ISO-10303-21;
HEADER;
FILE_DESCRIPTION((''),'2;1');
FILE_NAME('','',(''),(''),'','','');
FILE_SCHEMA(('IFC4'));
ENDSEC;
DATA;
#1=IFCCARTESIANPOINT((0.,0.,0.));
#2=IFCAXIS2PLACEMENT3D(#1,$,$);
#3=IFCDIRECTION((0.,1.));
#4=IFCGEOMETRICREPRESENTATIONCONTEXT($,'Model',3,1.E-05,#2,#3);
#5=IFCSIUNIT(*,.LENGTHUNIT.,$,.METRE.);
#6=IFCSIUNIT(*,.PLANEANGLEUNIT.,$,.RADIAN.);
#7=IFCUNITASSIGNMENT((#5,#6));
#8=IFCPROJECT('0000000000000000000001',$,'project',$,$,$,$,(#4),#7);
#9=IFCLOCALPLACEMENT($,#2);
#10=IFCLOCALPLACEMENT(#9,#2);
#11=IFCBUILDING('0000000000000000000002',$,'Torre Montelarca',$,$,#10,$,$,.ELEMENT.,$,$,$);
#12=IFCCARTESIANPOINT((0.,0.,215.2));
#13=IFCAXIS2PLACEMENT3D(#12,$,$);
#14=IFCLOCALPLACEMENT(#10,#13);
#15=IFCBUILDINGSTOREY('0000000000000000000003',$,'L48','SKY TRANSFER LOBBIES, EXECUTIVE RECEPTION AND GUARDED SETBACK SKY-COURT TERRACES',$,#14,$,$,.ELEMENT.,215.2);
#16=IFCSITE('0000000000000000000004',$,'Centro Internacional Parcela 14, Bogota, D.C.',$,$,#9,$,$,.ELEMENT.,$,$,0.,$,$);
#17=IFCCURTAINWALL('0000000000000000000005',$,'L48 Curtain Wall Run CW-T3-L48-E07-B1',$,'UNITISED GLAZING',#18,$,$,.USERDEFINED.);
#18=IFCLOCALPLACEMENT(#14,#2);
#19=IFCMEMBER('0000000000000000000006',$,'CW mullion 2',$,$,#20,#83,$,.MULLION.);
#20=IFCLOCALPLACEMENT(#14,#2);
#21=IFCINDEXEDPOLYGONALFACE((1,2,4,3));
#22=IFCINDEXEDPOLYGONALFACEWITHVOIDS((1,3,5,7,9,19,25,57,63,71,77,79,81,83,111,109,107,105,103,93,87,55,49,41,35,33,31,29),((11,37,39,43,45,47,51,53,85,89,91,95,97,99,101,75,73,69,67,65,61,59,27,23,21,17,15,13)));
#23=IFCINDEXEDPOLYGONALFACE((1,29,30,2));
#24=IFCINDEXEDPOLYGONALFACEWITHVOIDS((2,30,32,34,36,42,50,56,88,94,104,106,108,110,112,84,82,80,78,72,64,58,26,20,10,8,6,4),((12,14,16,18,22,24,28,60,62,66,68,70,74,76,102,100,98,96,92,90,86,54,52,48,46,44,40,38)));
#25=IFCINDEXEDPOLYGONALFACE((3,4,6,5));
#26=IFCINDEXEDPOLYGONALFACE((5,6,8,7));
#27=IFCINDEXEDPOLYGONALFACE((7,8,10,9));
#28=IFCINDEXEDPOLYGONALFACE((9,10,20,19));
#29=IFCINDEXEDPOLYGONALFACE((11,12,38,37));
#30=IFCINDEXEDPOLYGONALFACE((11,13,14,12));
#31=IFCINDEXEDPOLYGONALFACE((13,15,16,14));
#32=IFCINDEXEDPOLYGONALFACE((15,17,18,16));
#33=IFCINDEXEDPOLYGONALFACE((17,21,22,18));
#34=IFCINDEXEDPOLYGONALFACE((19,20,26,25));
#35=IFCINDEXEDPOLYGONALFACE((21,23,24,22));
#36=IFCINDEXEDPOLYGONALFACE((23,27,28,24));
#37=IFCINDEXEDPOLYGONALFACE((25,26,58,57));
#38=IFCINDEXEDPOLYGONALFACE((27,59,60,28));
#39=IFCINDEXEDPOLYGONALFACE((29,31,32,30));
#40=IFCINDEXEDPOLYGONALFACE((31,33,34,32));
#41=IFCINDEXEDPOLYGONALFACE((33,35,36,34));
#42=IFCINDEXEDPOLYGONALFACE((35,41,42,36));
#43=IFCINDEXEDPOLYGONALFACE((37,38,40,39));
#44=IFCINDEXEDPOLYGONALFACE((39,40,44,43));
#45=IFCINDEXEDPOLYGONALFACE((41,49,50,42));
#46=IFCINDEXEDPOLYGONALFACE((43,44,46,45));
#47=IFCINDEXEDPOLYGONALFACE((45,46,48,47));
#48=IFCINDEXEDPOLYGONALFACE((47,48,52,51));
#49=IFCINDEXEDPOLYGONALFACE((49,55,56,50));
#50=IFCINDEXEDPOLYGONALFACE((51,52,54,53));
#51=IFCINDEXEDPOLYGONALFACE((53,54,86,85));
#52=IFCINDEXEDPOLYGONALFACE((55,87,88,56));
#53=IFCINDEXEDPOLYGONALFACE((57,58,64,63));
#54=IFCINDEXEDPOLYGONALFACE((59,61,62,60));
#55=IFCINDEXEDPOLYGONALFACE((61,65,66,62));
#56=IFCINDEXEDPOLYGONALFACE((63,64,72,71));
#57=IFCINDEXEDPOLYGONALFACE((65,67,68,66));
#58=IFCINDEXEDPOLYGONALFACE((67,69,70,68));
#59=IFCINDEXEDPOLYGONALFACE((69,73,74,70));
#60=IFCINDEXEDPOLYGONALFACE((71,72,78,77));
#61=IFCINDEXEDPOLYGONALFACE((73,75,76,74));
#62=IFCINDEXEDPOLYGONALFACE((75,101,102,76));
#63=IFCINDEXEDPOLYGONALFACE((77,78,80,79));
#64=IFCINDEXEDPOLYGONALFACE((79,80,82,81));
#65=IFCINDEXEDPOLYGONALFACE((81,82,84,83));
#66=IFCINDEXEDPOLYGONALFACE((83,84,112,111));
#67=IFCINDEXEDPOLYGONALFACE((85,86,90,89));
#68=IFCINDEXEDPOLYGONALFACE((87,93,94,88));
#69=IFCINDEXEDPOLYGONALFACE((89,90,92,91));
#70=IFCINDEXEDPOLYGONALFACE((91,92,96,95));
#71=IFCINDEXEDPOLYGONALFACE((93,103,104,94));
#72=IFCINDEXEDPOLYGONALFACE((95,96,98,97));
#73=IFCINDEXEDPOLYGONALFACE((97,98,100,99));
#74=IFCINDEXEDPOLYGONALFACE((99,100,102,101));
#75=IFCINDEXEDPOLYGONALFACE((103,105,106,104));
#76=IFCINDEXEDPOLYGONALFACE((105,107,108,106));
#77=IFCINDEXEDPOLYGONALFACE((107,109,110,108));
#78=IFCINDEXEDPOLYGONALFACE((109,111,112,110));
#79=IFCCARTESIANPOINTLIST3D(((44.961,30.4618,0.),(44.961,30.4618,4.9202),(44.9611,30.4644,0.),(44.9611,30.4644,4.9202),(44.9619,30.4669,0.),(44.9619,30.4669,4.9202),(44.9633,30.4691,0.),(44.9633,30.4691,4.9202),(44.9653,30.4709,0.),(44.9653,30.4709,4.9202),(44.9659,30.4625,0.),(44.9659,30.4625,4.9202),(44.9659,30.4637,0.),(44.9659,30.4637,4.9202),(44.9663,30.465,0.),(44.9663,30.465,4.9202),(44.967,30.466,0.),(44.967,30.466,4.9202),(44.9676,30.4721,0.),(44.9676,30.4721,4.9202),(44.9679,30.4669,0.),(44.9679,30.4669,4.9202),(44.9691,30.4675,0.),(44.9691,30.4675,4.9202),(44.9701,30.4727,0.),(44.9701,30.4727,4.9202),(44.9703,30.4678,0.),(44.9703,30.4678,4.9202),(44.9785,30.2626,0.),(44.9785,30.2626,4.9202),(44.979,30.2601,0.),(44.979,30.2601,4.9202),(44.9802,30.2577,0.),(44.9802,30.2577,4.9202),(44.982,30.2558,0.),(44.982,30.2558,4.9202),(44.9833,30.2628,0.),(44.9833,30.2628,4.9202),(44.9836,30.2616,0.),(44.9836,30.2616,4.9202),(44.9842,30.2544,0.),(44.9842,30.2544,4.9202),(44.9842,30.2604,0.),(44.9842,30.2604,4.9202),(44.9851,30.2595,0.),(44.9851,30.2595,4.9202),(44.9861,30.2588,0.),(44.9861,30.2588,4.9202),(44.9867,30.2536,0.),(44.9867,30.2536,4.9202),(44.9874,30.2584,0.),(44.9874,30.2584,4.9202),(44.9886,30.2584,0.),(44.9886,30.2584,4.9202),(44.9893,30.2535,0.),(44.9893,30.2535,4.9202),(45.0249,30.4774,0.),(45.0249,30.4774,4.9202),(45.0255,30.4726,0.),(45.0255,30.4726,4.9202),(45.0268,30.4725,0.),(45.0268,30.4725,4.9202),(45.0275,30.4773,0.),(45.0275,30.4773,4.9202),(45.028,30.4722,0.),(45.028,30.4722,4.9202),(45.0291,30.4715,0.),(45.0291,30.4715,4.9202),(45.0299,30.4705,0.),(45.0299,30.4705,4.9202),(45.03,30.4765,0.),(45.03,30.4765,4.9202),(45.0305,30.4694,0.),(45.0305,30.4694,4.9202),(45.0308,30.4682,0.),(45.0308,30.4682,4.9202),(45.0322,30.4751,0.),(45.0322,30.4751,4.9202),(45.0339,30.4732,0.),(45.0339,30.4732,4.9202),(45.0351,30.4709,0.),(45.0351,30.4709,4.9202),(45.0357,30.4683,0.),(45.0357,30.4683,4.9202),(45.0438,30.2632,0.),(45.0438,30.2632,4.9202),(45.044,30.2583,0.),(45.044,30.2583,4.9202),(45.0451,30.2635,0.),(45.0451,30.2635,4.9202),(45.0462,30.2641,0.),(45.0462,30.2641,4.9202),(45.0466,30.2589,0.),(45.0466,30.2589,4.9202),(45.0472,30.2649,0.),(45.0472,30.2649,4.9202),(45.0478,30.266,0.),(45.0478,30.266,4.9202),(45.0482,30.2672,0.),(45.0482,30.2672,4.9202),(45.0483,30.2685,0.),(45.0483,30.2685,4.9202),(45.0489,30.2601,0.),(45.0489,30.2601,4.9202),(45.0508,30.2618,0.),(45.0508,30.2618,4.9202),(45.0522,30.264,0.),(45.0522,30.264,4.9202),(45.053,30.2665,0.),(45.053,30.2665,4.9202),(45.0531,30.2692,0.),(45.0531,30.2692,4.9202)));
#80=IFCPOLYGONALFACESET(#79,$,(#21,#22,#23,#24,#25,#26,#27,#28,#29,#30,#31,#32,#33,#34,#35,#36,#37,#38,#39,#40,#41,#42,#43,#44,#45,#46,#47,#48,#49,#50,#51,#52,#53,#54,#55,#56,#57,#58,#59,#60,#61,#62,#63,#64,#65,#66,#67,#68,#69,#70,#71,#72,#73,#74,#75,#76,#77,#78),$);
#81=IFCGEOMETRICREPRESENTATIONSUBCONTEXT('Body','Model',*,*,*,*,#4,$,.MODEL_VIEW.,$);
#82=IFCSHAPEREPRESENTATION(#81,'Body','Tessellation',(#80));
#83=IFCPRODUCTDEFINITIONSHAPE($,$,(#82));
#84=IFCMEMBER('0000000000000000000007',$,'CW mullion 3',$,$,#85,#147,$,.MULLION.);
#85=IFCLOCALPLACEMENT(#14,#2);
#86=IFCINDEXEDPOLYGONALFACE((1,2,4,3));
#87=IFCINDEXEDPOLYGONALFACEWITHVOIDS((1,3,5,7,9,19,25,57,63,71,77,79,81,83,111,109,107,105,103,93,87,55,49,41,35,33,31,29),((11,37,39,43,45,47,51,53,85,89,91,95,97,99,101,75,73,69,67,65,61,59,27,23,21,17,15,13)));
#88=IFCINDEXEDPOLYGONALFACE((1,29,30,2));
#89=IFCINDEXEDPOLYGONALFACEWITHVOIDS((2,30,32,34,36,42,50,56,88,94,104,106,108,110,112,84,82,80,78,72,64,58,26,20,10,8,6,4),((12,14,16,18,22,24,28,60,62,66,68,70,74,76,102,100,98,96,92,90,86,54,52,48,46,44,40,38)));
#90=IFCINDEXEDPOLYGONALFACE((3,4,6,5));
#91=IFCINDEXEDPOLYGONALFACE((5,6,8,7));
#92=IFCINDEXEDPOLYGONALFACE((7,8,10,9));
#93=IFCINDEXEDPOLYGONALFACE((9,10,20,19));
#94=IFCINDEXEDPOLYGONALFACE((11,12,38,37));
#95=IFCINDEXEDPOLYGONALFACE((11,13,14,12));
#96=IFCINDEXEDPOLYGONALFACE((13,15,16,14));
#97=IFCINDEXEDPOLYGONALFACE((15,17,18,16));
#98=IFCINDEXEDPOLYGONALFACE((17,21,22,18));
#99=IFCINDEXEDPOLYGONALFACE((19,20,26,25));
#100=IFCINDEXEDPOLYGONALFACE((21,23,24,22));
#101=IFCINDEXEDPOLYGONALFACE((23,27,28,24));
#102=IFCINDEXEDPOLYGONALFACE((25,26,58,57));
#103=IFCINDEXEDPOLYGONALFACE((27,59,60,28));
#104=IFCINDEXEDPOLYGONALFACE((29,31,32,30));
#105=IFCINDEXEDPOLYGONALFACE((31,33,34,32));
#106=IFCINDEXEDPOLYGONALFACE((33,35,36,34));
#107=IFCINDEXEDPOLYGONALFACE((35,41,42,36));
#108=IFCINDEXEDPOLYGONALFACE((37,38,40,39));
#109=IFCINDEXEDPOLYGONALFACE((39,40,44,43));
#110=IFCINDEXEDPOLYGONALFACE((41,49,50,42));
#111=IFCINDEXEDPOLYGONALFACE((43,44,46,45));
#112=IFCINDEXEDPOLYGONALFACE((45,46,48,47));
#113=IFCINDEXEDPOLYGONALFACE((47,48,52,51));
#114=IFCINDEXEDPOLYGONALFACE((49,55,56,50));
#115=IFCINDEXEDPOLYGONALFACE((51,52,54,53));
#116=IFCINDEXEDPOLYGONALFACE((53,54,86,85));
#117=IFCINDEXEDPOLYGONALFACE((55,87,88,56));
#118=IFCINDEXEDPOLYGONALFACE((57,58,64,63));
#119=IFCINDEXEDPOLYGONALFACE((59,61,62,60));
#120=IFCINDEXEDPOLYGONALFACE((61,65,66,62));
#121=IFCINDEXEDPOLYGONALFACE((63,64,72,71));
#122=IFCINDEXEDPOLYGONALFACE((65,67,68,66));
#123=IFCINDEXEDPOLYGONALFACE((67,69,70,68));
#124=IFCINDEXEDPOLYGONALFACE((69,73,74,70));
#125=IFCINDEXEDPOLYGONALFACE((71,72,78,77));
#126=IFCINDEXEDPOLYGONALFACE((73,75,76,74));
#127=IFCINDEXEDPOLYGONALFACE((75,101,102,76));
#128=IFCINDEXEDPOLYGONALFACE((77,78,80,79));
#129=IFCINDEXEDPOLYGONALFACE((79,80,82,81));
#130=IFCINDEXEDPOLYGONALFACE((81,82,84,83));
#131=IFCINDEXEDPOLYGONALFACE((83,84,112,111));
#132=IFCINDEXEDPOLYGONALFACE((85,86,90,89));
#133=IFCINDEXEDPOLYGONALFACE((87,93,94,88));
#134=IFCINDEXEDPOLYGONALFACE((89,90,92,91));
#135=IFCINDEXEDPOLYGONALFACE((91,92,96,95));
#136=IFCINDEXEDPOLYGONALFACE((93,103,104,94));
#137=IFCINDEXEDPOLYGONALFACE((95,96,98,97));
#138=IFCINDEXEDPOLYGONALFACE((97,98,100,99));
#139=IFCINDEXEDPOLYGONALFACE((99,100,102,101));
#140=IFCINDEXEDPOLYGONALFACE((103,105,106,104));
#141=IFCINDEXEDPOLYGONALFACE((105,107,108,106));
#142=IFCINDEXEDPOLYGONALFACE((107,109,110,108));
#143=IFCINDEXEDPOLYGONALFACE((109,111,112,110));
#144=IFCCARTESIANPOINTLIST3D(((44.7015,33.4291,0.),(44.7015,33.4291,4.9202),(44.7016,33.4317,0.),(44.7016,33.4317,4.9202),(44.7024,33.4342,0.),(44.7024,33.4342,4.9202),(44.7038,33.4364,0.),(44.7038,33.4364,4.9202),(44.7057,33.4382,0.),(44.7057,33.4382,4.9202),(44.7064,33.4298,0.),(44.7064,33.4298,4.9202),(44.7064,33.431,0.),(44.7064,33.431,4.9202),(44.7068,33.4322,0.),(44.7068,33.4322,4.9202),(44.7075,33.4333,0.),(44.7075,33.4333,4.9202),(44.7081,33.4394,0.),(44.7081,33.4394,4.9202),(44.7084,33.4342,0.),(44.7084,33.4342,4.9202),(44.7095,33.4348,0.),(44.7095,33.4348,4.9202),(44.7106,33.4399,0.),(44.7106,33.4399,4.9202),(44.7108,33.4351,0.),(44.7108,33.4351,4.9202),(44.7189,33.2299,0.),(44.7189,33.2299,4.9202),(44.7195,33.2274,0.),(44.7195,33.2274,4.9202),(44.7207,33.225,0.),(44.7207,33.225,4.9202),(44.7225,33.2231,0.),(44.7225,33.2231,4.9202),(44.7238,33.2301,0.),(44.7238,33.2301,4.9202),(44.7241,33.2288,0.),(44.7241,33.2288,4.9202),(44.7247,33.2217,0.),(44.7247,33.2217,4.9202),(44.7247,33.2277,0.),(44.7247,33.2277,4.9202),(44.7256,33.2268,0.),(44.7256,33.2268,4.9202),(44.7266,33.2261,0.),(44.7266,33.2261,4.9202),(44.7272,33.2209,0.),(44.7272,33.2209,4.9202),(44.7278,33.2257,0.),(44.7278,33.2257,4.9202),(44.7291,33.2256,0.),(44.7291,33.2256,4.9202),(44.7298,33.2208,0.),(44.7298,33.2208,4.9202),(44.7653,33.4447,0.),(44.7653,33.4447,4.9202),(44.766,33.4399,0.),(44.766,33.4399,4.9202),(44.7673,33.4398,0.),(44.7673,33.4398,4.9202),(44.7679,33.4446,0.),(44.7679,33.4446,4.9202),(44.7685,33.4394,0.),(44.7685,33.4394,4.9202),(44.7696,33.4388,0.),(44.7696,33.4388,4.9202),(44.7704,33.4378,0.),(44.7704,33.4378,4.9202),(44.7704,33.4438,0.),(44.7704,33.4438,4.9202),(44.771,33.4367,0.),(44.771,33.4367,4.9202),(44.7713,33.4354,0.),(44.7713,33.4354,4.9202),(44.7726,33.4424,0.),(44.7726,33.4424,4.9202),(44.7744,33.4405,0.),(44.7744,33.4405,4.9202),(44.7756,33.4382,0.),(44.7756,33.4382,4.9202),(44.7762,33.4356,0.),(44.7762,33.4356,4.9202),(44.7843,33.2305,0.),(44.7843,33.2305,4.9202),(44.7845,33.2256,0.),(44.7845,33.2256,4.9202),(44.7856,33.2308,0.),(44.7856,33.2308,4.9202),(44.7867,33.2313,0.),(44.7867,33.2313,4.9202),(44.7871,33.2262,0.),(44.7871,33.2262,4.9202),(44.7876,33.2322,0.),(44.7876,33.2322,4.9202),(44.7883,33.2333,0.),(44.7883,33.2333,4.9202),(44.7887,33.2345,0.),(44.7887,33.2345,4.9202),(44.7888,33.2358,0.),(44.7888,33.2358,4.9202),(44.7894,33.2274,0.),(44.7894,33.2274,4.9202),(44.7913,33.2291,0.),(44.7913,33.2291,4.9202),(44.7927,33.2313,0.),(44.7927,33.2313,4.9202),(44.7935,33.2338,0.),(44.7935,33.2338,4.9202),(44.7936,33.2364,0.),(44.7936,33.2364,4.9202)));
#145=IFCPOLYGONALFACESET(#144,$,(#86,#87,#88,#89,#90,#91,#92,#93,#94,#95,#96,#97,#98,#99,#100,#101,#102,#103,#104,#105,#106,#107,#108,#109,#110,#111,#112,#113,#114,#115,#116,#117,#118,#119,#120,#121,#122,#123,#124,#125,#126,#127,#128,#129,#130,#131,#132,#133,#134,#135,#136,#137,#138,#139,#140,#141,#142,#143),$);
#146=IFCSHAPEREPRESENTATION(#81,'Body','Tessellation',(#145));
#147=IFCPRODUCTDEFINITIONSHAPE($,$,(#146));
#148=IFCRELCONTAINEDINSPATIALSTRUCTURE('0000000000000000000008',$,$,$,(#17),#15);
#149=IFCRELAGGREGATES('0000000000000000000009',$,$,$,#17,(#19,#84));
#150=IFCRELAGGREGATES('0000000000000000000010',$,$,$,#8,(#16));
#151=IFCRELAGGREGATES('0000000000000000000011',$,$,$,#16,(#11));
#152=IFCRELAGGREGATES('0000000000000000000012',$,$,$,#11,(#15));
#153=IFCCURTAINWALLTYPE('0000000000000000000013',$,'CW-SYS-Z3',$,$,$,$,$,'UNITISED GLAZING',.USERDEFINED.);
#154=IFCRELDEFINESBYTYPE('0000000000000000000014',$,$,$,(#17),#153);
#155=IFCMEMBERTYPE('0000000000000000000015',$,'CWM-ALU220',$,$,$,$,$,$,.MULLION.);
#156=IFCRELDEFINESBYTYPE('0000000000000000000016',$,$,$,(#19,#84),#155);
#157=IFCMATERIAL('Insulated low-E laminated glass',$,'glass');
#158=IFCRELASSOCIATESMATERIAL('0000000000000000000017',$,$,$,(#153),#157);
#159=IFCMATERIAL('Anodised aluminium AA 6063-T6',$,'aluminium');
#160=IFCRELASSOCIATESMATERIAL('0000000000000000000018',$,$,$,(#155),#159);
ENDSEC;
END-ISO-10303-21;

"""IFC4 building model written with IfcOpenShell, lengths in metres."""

from ifc_helpers import new_model, si_unit, direction, frame, origin, origin_2d, place, context, subcontext, project, spatial, hollow_rectangle, extrude, source, transform, mapped, material, material_profile, profile_set, type_object, element, aggregate, save


model = new_model("IFC4")

# Units and contexts
model_context = context("Model", 3, precision=1e-05, world=origin(), true_north=direction((0.0, 1.0)))
body_context = subcontext(model_context, "Body", "Model", "MODEL_VIEW")
ifc_project = project(units=[si_unit("LENGTHUNIT", "METRE"), si_unit("PLANEANGLEUNIT", "RADIAN")], contexts=[model_context])

# Site, building, storey
site_placement = place(None, origin())
site = spatial("IfcSite", under=ifc_project, at=site_placement, Name="Centro Internacional Parcela 14, Bogota, D.C.", CompositionType="ELEMENT", RefElevation=0.0)
building_placement = place(site_placement, origin())
building = spatial("IfcBuilding", under=site, at=building_placement, Name="Torre Montelarca", CompositionType="ELEMENT")
storey_placement = place(building_placement, frame((0.0, 0.0, 215.2)))
storey = spatial("IfcBuildingStorey", under=building, at=storey_placement, Name="L48", Description="SKY TRANSFER LOBBIES, EXECUTIVE RECEPTION AND GUARDED SETBACK SKY-COURT TERRACES", CompositionType="ELEMENT", Elevation=215.2)

# Curtain wall, members
ifc_material_1 = material(Name="Insulated low-E laminated glass", Category="glass")
curtain_wall_type = type_object("IfcCurtainWallType", Name="CW-SYS-Z3", ElementType="UNITISED GLAZING", PredefinedType="USERDEFINED", material=ifc_material_1)
curtain_wall_1_placement = place(storey_placement, origin())
curtain_wall_1 = element("IfcCurtainWall", 1, at=curtain_wall_1_placement, inside=storey, type_object=curtain_wall_type, Name="L48 Curtain Wall Run CW-T3-L48-E07-B1", ObjectType="UNITISED GLAZING", PredefinedType="USERDEFINED")
ifc_material_2 = material(Name="Anodised aluminium AA 6063-T6", Category="aluminium")
ifc_material_profile_1 = material_profile(ifc_material_2, hollow_rectangle(XDim=0.075, YDim=0.22, WallThickness=0.0049, InnerFilletRadius=0.0049, OuterFilletRadius=0.01, at=origin_2d()), Name="ALU75X220X5", Category="aluminium")
ifc_profile_set_1 = profile_set([ifc_material_profile_1], Name="Anodised aluminium AA 6063-T6")
member_type_1 = type_object("IfcMemberType", Name="CWM-ALU220", PredefinedType="MULLION", material=ifc_profile_set_1)
shared_shape_1 = source(origin(), body_context, "Body", "SweptSolid", [
    extrude(hollow_rectangle(XDim=0.075, YDim=0.22, WallThickness=0.0049, InnerFilletRadius=0.0049, OuterFilletRadius=0.01, at=origin_2d()), origin(), (0.0, 0.0, 1.0), 4.9202),
])
member_1_placement = place(storey_placement, frame((45.0071, 30.3655, 0.0), z_axis=(0.0, 0.0, 1.0), x_axis=(-0.996192, -0.087183, 0.0)))
member_1 = element("IfcMember", 2, at=member_1_placement, type_object=member_type_1, Name="CW mullion 2", PredefinedType="MULLION", context=body_context, shape_type="MappedRepresentation", body=[
    mapped(shared_shape_1, transform((0.0, 0.0, 0.0), scale=1.0)),
])
member_2_placement = place(storey_placement, frame((44.7476, 33.3328, 0.0), z_axis=(0.0, 0.0, 1.0), x_axis=(-0.996192, -0.087183, 0.0)))
member_2 = element("IfcMember", 3, at=member_2_placement, type_object=member_type_1, Name="CW mullion 3", PredefinedType="MULLION", context=body_context, shape_type="MappedRepresentation", body=[
    mapped(shared_shape_1, transform((0.0, 0.0, 0.0), scale=1.0)),
])

aggregate(curtain_wall_1, [member_1, member_2])

save(model, "model.ifc")
